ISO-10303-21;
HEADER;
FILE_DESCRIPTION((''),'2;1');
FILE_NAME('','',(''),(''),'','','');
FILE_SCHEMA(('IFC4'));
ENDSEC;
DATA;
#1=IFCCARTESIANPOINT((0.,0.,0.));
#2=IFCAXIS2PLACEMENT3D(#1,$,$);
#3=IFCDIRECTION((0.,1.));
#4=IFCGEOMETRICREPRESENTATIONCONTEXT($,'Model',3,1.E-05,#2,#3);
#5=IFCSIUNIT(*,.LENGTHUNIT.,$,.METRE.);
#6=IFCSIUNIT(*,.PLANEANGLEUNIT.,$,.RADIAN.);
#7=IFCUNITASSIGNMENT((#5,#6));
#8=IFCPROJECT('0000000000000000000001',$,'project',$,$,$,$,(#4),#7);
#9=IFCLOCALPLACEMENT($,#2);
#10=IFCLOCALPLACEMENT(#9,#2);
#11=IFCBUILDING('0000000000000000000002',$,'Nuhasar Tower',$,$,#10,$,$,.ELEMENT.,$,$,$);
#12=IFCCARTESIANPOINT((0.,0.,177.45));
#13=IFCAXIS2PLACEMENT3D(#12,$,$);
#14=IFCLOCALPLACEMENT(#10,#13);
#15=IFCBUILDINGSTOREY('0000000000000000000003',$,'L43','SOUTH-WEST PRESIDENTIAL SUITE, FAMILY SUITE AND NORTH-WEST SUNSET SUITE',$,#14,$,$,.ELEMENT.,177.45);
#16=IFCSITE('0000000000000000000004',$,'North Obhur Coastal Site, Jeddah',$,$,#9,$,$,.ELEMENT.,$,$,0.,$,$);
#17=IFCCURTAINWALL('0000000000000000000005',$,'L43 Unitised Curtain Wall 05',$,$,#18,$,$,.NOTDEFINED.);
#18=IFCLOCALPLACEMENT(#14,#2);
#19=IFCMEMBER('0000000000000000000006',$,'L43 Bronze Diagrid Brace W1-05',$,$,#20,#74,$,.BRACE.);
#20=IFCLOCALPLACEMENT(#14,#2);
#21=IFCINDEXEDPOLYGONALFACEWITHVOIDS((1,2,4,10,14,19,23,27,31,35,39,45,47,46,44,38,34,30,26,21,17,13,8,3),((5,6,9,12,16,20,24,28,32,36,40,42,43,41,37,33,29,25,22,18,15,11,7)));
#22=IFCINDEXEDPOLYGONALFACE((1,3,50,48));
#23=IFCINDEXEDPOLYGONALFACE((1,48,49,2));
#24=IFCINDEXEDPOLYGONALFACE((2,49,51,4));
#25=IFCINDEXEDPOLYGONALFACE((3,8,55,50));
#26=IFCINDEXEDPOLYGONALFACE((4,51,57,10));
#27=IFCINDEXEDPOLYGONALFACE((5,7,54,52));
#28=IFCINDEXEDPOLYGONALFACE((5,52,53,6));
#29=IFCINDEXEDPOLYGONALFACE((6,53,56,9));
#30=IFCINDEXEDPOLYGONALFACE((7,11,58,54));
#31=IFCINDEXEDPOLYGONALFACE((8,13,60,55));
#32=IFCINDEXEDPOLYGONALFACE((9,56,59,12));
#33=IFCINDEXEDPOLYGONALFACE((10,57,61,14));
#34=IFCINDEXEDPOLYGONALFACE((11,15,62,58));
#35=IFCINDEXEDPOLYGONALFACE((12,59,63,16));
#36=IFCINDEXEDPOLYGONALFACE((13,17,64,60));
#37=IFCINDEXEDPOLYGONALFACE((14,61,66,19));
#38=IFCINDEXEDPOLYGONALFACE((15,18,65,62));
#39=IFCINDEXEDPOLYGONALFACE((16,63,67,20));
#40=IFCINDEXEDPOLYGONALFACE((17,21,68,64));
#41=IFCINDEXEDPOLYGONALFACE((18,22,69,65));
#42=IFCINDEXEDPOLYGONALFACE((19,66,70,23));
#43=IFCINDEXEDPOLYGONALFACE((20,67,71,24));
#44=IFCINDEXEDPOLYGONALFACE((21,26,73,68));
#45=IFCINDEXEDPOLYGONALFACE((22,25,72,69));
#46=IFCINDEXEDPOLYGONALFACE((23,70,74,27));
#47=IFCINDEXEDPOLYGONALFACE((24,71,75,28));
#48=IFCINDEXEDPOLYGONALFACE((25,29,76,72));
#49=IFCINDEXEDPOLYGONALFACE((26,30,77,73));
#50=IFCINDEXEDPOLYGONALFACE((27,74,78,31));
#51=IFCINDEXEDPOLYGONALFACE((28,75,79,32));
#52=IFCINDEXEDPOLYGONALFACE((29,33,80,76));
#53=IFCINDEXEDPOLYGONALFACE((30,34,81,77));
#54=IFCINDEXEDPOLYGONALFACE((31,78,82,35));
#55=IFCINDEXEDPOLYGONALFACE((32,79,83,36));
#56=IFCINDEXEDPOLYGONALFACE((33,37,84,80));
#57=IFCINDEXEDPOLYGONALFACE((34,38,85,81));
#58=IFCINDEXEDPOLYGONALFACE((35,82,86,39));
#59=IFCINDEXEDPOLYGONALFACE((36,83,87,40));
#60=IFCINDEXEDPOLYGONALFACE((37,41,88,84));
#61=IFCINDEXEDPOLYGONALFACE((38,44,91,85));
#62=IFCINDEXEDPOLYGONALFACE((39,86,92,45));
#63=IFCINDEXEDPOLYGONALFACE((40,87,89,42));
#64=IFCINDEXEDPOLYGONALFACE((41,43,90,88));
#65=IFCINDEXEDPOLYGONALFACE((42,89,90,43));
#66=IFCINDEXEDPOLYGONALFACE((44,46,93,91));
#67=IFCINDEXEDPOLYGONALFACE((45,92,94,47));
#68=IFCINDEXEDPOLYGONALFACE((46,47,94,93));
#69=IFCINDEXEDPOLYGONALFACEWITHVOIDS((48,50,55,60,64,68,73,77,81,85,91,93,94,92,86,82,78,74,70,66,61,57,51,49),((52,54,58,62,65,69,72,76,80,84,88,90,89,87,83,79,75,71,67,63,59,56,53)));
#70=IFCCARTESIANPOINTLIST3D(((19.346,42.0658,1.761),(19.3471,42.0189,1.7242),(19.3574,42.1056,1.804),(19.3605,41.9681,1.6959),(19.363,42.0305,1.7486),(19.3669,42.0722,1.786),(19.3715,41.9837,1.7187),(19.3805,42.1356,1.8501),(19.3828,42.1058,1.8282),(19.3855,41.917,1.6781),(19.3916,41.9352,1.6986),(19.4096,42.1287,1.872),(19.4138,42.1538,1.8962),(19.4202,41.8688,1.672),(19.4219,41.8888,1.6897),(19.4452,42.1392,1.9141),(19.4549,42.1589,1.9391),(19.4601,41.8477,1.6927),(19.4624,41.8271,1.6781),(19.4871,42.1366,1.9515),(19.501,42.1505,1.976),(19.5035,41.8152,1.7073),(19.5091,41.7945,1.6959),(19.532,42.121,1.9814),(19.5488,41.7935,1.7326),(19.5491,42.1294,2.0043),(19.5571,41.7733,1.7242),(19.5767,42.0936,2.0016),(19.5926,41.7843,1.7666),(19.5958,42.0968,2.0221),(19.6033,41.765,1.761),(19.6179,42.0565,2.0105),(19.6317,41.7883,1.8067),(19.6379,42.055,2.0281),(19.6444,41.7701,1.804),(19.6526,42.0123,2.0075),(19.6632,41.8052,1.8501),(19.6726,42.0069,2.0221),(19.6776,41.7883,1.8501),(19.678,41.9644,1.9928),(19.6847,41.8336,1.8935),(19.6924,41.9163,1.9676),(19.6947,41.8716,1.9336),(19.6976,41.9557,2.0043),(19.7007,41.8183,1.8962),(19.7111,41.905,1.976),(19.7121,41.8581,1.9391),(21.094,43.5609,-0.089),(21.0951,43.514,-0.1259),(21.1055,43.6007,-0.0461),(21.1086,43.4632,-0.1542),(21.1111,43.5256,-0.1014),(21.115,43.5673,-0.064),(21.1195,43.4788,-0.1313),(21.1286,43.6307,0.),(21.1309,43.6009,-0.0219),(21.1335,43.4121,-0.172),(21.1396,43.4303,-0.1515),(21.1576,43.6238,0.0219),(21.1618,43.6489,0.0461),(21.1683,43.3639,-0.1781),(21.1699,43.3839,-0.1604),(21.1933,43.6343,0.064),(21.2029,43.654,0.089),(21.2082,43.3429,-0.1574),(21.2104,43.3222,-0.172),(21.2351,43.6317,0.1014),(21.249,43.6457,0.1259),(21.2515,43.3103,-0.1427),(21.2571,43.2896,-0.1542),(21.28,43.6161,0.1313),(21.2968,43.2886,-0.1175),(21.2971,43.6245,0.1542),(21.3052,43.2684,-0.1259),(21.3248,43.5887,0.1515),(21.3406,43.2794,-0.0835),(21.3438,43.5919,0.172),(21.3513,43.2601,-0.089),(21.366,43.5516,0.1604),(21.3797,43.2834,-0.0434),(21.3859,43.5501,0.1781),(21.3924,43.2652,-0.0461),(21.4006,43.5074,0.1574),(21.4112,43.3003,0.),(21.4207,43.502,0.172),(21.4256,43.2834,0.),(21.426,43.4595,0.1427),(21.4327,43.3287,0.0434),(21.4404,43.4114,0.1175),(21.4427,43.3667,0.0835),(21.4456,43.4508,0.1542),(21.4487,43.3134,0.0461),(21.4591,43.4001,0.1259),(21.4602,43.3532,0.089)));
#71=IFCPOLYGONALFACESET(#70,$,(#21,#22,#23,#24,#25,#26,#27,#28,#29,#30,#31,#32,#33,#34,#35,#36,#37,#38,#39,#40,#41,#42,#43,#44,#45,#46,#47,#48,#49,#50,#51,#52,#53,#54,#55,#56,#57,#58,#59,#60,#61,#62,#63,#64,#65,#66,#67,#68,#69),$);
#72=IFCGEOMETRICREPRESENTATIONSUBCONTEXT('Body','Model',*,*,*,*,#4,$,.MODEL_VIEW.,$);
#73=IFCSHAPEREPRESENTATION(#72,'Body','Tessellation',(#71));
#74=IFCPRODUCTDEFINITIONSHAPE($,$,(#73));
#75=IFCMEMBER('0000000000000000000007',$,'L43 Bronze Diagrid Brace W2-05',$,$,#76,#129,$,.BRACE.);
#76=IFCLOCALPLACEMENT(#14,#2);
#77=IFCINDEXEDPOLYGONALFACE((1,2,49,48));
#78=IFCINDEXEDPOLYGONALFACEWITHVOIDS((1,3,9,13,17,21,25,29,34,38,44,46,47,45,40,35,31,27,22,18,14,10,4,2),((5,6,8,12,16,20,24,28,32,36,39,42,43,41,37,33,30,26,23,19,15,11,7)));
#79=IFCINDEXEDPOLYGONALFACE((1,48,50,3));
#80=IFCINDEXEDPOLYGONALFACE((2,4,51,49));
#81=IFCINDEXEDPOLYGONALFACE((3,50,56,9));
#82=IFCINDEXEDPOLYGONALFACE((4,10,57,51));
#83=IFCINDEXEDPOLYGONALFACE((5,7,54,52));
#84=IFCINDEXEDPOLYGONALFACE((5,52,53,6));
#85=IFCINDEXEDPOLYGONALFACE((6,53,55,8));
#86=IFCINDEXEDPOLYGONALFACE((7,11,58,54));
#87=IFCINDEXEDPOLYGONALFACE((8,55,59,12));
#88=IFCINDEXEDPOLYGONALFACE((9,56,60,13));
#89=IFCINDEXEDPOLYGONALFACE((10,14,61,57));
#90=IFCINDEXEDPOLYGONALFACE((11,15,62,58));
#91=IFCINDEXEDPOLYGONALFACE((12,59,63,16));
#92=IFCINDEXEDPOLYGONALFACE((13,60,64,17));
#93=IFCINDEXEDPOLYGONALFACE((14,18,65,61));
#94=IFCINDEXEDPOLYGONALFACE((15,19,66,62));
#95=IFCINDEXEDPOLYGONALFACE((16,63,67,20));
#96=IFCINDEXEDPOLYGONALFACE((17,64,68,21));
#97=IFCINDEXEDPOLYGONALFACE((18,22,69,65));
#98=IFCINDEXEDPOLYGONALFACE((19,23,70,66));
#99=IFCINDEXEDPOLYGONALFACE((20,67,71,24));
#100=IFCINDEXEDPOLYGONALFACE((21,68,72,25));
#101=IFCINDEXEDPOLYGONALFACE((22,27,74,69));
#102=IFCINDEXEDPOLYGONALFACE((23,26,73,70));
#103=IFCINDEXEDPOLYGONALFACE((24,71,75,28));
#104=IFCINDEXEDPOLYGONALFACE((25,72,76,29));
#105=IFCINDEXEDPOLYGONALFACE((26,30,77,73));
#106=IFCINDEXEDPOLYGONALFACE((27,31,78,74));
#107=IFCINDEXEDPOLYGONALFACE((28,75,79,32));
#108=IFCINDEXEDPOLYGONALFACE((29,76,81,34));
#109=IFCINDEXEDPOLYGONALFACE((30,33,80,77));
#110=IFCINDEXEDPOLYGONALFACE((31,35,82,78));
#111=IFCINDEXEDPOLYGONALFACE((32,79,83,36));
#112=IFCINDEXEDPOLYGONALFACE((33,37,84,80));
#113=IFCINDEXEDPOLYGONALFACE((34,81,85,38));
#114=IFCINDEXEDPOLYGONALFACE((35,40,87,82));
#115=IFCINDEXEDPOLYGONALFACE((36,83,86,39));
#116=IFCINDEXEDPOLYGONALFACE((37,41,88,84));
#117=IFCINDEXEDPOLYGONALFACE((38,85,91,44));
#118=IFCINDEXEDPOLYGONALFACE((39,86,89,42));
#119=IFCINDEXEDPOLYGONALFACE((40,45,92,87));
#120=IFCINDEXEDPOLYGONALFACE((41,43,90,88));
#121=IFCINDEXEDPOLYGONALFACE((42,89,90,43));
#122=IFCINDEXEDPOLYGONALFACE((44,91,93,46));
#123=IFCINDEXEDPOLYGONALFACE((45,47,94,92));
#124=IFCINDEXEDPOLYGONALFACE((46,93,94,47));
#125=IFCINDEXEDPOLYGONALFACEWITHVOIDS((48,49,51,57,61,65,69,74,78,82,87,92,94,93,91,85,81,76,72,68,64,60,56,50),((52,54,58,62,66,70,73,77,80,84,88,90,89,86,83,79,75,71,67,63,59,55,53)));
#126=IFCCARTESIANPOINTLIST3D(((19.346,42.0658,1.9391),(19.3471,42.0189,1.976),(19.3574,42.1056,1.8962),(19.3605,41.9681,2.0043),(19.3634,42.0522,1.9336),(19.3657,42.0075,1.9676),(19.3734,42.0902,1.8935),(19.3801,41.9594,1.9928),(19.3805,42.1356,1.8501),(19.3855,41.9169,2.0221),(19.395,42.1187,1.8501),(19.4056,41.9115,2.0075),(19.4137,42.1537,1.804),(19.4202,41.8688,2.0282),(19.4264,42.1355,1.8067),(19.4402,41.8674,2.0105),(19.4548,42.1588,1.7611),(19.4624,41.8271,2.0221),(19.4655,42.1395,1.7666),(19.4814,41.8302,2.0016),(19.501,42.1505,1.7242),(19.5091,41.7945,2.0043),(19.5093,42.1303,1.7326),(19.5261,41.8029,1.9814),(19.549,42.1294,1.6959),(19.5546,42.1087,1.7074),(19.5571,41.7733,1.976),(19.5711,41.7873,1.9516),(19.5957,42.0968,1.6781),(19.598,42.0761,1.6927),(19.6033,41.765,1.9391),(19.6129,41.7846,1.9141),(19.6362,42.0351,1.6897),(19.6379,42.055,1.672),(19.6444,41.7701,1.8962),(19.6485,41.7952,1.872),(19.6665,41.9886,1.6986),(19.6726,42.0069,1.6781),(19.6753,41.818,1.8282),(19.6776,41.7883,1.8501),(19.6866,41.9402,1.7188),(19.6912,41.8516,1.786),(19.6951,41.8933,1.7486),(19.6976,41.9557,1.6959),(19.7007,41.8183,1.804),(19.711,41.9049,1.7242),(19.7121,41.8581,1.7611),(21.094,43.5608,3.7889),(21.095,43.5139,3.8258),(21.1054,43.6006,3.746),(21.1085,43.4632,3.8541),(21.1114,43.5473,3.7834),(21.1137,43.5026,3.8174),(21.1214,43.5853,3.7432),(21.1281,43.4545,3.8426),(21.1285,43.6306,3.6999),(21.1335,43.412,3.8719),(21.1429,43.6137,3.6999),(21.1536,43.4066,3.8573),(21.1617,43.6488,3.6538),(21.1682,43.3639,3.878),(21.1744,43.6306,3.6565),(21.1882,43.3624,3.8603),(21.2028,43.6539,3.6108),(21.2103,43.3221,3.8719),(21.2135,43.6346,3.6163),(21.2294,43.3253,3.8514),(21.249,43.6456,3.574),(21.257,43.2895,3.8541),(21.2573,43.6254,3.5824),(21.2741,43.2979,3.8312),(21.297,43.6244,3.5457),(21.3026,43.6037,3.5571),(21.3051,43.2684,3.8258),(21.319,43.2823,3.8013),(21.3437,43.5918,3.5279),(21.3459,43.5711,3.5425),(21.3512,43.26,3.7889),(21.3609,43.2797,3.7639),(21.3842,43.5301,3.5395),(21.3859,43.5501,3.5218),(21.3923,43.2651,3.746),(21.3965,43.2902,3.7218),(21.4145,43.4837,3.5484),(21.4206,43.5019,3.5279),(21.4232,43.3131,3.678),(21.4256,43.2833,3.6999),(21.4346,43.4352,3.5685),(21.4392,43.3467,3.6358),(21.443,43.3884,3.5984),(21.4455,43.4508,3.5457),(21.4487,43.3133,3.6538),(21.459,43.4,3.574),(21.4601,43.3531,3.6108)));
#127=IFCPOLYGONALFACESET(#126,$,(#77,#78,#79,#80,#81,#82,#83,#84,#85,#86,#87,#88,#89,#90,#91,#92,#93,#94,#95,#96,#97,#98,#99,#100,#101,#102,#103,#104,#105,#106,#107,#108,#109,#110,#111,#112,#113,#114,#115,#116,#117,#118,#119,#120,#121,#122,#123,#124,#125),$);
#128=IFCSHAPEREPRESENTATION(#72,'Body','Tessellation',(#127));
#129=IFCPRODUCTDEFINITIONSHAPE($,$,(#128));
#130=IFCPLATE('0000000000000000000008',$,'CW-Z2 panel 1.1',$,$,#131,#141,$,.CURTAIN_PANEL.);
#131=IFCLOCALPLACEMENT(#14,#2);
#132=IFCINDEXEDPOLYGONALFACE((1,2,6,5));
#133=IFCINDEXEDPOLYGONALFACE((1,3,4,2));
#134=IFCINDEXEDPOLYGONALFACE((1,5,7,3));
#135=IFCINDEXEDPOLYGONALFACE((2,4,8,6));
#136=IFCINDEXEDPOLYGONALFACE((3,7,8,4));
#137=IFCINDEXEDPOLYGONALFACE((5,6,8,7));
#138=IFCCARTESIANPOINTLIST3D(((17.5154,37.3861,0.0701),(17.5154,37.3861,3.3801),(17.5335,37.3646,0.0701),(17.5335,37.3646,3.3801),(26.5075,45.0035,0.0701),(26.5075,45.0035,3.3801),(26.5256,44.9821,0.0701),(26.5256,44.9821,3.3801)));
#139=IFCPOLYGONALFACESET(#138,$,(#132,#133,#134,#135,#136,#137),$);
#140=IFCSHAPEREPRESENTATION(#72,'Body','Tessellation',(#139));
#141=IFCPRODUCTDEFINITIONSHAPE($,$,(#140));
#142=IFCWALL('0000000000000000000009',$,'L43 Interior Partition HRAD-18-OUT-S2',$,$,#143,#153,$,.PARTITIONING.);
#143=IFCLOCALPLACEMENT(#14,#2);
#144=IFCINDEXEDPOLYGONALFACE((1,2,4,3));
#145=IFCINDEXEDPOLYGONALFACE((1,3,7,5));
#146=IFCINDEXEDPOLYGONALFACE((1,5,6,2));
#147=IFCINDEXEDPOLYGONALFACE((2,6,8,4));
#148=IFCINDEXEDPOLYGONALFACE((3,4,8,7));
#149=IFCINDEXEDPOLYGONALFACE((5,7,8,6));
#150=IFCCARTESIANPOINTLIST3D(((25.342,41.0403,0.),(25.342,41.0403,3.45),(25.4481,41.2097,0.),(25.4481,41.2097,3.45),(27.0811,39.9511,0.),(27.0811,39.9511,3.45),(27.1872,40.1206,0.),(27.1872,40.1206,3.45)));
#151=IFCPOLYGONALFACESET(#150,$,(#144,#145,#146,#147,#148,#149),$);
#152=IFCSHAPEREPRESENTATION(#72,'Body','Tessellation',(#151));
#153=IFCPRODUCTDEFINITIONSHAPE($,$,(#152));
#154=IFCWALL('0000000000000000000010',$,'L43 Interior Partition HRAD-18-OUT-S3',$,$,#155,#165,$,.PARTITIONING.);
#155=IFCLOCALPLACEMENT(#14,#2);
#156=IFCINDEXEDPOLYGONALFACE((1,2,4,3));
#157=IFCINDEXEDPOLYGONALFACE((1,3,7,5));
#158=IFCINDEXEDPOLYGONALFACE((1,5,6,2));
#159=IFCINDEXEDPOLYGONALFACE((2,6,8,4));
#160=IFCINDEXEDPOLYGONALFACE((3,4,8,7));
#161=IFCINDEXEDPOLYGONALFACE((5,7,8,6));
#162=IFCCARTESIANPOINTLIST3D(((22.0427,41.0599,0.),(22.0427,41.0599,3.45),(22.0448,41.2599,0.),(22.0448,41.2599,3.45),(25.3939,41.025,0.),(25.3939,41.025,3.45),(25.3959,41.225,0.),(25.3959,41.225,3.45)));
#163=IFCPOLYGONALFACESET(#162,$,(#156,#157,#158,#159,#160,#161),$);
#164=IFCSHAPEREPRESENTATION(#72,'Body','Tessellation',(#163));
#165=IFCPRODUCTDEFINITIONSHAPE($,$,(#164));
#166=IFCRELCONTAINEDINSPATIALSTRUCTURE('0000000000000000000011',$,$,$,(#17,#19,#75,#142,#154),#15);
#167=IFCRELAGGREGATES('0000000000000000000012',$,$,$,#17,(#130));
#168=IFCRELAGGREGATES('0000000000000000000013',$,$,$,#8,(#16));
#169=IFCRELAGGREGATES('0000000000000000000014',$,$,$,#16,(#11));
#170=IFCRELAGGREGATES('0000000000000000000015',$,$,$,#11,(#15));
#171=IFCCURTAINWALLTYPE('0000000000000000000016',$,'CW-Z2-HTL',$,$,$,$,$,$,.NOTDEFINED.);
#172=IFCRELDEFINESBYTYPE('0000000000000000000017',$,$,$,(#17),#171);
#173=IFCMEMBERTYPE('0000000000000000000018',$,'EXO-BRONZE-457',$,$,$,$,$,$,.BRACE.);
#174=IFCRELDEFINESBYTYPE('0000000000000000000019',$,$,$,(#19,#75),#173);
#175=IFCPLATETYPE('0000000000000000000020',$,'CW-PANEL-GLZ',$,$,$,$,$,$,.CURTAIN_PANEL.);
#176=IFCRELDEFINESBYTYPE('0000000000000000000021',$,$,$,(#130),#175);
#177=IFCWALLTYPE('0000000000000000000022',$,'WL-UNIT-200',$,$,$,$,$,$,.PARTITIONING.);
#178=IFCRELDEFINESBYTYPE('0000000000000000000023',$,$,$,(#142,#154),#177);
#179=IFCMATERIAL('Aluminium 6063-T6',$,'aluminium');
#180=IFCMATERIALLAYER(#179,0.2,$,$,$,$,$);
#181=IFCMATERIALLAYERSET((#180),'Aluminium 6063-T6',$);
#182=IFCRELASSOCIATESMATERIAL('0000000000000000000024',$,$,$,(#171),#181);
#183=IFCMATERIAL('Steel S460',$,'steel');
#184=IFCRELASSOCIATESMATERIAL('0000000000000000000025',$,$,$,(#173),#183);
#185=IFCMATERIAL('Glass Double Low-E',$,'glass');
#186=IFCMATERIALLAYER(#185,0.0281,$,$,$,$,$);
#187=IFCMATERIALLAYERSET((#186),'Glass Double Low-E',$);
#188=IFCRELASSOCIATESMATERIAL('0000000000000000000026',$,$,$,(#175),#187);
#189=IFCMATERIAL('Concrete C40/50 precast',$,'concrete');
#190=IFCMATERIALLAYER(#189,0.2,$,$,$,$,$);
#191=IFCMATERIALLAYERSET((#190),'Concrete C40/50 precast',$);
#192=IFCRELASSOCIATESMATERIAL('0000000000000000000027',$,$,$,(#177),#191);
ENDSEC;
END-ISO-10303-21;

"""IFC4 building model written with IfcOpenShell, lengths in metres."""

from ifc_helpers import new_model, si_unit, direction, frame, frame_2d, origin, origin_2d, place, context, subcontext, project, spatial, rectangle, hollow_circle, extrude, material, layer, layer_set, material_profile, profile_set, type_object, element, aggregate, save


model = new_model("IFC4")

# Units and contexts
model_context = context("Model", 3, precision=1e-05, world=origin(), true_north=direction((0.0, 1.0)))
body_context = subcontext(model_context, "Body", "Model", "MODEL_VIEW")
ifc_project = project(units=[si_unit("LENGTHUNIT", "METRE"), si_unit("PLANEANGLEUNIT", "RADIAN")], contexts=[model_context])

# Site, building, storey
site_placement = place(None, origin())
site = spatial("IfcSite", under=ifc_project, at=site_placement, Name="North Obhur Coastal Site, Jeddah", CompositionType="ELEMENT", RefElevation=0.0)
building_placement = place(site_placement, origin())
building = spatial("IfcBuilding", under=site, at=building_placement, Name="Nuhasar Tower", CompositionType="ELEMENT")
storey_placement = place(building_placement, frame((0.0, 0.0, 177.45)))
storey = spatial("IfcBuildingStorey", under=building, at=storey_placement, Name="L43", Description="SOUTH-WEST PRESIDENTIAL SUITE, FAMILY SUITE AND NORTH-WEST SUNSET SUITE", CompositionType="ELEMENT", Elevation=177.45)

# Shared definitions
ifc_material_1 = material(Name="Aluminium 6063-T6", Category="aluminium")
ifc_layer_1 = layer(ifc_material_1, 0.2)
ifc_layer_set_1 = layer_set([ifc_layer_1], Name="Aluminium 6063-T6")
curtain_wall_type = type_object("IfcCurtainWallType", Name="CW-Z2-HTL", PredefinedType="NOTDEFINED", material=ifc_layer_set_1)

# Curtain wall
curtain_wall_1_placement = place(storey_placement, origin())
curtain_wall_1 = element("IfcCurtainWall", 1, at=curtain_wall_1_placement, inside=storey, type_object=curtain_wall_type, Name="L43 Unitised Curtain Wall 05", PredefinedType="NOTDEFINED")

# Members
ifc_material_2 = material(Name="Steel S460", Category="steel")
ifc_material_profile_1 = material_profile(ifc_material_2, hollow_circle(Radius=0.2285, WallThickness=0.0222, at=origin_2d()), Name="HSS457X22.2")
ifc_profile_set_1 = profile_set([ifc_material_profile_1], Name="Steel S460")
member_type_1 = type_object("IfcMemberType", Name="EXO-BRONZE-457", PredefinedType="BRACE", material=ifc_profile_set_1)
member_1_placement = place(storey_placement, frame((21.2771, 43.457, 0.0), z_axis=(-0.59217, -0.506488, 0.626741), x_axis=(0.649987, -0.759945, 0.0)))
element("IfcMember", 2, at=member_1_placement, inside=storey, type_object=member_type_1, Name="L43 Bronze Diagrid Brace W1-05", PredefinedType="BRACE", context=body_context, shape_type="SweptSolid", body=[
    extrude(hollow_circle(Radius=0.2285, WallThickness=0.0222, at=origin_2d()), origin(), (0.0, 0.0, 1.0), 2.9519),
])
member_2_placement = place(storey_placement, frame((19.5291, 41.9619, 1.8501), z_axis=(0.592201, 0.506514, 0.626691), x_axis=(-0.649987, 0.759945, 0.0)))
element("IfcMember", 3, at=member_2_placement, inside=storey, type_object=member_type_1, Name="L43 Bronze Diagrid Brace W2-05", PredefinedType="BRACE", context=body_context, shape_type="SweptSolid", body=[
    extrude(hollow_circle(Radius=0.2285, WallThickness=0.0222, at=origin_2d()), origin(), (0.0, 0.0, 1.0), 2.9517),
])

# Plate
ifc_material_3 = material(Name="Glass Double Low-E", Category="glass")
ifc_layer_2 = layer(ifc_material_3, 0.0281)
ifc_layer_set_2 = layer_set([ifc_layer_2], Name="Glass Double Low-E")
plate_type = type_object("IfcPlateType", Name="CW-PANEL-GLZ", PredefinedType="CURTAIN_PANEL", material=ifc_layer_set_2)
plate_placement = place(storey_placement, frame((22.0205, 41.1841, 0.0701), z_axis=(0.0, 0.0, 1.0), x_axis=(-0.76302, -0.646374, 0.0)))
plate = element("IfcPlate", 4, at=plate_placement, type_object=plate_type, Name="CW-Z2 panel 1.1", PredefinedType="CURTAIN_PANEL", context=body_context, shape_type="SweptSolid", body=[
    extrude(rectangle(XDim=11.7849, YDim=0.0281, at=origin_2d()), origin(), (0.0, 0.0, 1.0), 3.3101),
])
aggregate(curtain_wall_1, [plate])

# Walls
ifc_material_4 = material(Name="Concrete C40/50 precast", Category="concrete")
ifc_layer_3 = layer(ifc_material_4, 0.2)
ifc_layer_set_3 = layer_set([ifc_layer_3], Name="Concrete C40/50 precast")
wall_type = type_object("IfcWallType", Name="WL-UNIT-200", PredefinedType="PARTITIONING", material=ifc_layer_set_3)
wall_1_placement = place(storey_placement, frame((27.134, 40.0359, 0.0), z_axis=(0.0, 0.0, 1.0), x_axis=(-0.84751, 0.530779, 0.0)))
element("IfcWall", 5, at=wall_1_placement, inside=storey, type_object=wall_type, Name="L43 Interior Partition HRAD-18-OUT-S2", PredefinedType="PARTITIONING", context=body_context, shape_type="SweptSolid", body=[
    extrude(rectangle(XDim=2.052, YDim=0.2, at=frame_2d((1.0259, 0.0))), origin(), (0.0, 0.0, 1.0), 3.45),
])
wall_2_placement = place(storey_placement, frame((25.395, 41.125, 0.0), z_axis=(0.0, 0.0, 1.0), x_axis=(-0.999946, 0.010418, 0.0)))
element("IfcWall", 6, at=wall_2_placement, inside=storey, type_object=wall_type, Name="L43 Interior Partition HRAD-18-OUT-S3", PredefinedType="PARTITIONING", context=body_context, shape_type="SweptSolid", body=[
    extrude(rectangle(XDim=3.3513, YDim=0.2, at=frame_2d((1.6758, 0.0))), origin(), (0.0, 0.0, 1.0), 3.45),
])

save(model, "model.ifc")
